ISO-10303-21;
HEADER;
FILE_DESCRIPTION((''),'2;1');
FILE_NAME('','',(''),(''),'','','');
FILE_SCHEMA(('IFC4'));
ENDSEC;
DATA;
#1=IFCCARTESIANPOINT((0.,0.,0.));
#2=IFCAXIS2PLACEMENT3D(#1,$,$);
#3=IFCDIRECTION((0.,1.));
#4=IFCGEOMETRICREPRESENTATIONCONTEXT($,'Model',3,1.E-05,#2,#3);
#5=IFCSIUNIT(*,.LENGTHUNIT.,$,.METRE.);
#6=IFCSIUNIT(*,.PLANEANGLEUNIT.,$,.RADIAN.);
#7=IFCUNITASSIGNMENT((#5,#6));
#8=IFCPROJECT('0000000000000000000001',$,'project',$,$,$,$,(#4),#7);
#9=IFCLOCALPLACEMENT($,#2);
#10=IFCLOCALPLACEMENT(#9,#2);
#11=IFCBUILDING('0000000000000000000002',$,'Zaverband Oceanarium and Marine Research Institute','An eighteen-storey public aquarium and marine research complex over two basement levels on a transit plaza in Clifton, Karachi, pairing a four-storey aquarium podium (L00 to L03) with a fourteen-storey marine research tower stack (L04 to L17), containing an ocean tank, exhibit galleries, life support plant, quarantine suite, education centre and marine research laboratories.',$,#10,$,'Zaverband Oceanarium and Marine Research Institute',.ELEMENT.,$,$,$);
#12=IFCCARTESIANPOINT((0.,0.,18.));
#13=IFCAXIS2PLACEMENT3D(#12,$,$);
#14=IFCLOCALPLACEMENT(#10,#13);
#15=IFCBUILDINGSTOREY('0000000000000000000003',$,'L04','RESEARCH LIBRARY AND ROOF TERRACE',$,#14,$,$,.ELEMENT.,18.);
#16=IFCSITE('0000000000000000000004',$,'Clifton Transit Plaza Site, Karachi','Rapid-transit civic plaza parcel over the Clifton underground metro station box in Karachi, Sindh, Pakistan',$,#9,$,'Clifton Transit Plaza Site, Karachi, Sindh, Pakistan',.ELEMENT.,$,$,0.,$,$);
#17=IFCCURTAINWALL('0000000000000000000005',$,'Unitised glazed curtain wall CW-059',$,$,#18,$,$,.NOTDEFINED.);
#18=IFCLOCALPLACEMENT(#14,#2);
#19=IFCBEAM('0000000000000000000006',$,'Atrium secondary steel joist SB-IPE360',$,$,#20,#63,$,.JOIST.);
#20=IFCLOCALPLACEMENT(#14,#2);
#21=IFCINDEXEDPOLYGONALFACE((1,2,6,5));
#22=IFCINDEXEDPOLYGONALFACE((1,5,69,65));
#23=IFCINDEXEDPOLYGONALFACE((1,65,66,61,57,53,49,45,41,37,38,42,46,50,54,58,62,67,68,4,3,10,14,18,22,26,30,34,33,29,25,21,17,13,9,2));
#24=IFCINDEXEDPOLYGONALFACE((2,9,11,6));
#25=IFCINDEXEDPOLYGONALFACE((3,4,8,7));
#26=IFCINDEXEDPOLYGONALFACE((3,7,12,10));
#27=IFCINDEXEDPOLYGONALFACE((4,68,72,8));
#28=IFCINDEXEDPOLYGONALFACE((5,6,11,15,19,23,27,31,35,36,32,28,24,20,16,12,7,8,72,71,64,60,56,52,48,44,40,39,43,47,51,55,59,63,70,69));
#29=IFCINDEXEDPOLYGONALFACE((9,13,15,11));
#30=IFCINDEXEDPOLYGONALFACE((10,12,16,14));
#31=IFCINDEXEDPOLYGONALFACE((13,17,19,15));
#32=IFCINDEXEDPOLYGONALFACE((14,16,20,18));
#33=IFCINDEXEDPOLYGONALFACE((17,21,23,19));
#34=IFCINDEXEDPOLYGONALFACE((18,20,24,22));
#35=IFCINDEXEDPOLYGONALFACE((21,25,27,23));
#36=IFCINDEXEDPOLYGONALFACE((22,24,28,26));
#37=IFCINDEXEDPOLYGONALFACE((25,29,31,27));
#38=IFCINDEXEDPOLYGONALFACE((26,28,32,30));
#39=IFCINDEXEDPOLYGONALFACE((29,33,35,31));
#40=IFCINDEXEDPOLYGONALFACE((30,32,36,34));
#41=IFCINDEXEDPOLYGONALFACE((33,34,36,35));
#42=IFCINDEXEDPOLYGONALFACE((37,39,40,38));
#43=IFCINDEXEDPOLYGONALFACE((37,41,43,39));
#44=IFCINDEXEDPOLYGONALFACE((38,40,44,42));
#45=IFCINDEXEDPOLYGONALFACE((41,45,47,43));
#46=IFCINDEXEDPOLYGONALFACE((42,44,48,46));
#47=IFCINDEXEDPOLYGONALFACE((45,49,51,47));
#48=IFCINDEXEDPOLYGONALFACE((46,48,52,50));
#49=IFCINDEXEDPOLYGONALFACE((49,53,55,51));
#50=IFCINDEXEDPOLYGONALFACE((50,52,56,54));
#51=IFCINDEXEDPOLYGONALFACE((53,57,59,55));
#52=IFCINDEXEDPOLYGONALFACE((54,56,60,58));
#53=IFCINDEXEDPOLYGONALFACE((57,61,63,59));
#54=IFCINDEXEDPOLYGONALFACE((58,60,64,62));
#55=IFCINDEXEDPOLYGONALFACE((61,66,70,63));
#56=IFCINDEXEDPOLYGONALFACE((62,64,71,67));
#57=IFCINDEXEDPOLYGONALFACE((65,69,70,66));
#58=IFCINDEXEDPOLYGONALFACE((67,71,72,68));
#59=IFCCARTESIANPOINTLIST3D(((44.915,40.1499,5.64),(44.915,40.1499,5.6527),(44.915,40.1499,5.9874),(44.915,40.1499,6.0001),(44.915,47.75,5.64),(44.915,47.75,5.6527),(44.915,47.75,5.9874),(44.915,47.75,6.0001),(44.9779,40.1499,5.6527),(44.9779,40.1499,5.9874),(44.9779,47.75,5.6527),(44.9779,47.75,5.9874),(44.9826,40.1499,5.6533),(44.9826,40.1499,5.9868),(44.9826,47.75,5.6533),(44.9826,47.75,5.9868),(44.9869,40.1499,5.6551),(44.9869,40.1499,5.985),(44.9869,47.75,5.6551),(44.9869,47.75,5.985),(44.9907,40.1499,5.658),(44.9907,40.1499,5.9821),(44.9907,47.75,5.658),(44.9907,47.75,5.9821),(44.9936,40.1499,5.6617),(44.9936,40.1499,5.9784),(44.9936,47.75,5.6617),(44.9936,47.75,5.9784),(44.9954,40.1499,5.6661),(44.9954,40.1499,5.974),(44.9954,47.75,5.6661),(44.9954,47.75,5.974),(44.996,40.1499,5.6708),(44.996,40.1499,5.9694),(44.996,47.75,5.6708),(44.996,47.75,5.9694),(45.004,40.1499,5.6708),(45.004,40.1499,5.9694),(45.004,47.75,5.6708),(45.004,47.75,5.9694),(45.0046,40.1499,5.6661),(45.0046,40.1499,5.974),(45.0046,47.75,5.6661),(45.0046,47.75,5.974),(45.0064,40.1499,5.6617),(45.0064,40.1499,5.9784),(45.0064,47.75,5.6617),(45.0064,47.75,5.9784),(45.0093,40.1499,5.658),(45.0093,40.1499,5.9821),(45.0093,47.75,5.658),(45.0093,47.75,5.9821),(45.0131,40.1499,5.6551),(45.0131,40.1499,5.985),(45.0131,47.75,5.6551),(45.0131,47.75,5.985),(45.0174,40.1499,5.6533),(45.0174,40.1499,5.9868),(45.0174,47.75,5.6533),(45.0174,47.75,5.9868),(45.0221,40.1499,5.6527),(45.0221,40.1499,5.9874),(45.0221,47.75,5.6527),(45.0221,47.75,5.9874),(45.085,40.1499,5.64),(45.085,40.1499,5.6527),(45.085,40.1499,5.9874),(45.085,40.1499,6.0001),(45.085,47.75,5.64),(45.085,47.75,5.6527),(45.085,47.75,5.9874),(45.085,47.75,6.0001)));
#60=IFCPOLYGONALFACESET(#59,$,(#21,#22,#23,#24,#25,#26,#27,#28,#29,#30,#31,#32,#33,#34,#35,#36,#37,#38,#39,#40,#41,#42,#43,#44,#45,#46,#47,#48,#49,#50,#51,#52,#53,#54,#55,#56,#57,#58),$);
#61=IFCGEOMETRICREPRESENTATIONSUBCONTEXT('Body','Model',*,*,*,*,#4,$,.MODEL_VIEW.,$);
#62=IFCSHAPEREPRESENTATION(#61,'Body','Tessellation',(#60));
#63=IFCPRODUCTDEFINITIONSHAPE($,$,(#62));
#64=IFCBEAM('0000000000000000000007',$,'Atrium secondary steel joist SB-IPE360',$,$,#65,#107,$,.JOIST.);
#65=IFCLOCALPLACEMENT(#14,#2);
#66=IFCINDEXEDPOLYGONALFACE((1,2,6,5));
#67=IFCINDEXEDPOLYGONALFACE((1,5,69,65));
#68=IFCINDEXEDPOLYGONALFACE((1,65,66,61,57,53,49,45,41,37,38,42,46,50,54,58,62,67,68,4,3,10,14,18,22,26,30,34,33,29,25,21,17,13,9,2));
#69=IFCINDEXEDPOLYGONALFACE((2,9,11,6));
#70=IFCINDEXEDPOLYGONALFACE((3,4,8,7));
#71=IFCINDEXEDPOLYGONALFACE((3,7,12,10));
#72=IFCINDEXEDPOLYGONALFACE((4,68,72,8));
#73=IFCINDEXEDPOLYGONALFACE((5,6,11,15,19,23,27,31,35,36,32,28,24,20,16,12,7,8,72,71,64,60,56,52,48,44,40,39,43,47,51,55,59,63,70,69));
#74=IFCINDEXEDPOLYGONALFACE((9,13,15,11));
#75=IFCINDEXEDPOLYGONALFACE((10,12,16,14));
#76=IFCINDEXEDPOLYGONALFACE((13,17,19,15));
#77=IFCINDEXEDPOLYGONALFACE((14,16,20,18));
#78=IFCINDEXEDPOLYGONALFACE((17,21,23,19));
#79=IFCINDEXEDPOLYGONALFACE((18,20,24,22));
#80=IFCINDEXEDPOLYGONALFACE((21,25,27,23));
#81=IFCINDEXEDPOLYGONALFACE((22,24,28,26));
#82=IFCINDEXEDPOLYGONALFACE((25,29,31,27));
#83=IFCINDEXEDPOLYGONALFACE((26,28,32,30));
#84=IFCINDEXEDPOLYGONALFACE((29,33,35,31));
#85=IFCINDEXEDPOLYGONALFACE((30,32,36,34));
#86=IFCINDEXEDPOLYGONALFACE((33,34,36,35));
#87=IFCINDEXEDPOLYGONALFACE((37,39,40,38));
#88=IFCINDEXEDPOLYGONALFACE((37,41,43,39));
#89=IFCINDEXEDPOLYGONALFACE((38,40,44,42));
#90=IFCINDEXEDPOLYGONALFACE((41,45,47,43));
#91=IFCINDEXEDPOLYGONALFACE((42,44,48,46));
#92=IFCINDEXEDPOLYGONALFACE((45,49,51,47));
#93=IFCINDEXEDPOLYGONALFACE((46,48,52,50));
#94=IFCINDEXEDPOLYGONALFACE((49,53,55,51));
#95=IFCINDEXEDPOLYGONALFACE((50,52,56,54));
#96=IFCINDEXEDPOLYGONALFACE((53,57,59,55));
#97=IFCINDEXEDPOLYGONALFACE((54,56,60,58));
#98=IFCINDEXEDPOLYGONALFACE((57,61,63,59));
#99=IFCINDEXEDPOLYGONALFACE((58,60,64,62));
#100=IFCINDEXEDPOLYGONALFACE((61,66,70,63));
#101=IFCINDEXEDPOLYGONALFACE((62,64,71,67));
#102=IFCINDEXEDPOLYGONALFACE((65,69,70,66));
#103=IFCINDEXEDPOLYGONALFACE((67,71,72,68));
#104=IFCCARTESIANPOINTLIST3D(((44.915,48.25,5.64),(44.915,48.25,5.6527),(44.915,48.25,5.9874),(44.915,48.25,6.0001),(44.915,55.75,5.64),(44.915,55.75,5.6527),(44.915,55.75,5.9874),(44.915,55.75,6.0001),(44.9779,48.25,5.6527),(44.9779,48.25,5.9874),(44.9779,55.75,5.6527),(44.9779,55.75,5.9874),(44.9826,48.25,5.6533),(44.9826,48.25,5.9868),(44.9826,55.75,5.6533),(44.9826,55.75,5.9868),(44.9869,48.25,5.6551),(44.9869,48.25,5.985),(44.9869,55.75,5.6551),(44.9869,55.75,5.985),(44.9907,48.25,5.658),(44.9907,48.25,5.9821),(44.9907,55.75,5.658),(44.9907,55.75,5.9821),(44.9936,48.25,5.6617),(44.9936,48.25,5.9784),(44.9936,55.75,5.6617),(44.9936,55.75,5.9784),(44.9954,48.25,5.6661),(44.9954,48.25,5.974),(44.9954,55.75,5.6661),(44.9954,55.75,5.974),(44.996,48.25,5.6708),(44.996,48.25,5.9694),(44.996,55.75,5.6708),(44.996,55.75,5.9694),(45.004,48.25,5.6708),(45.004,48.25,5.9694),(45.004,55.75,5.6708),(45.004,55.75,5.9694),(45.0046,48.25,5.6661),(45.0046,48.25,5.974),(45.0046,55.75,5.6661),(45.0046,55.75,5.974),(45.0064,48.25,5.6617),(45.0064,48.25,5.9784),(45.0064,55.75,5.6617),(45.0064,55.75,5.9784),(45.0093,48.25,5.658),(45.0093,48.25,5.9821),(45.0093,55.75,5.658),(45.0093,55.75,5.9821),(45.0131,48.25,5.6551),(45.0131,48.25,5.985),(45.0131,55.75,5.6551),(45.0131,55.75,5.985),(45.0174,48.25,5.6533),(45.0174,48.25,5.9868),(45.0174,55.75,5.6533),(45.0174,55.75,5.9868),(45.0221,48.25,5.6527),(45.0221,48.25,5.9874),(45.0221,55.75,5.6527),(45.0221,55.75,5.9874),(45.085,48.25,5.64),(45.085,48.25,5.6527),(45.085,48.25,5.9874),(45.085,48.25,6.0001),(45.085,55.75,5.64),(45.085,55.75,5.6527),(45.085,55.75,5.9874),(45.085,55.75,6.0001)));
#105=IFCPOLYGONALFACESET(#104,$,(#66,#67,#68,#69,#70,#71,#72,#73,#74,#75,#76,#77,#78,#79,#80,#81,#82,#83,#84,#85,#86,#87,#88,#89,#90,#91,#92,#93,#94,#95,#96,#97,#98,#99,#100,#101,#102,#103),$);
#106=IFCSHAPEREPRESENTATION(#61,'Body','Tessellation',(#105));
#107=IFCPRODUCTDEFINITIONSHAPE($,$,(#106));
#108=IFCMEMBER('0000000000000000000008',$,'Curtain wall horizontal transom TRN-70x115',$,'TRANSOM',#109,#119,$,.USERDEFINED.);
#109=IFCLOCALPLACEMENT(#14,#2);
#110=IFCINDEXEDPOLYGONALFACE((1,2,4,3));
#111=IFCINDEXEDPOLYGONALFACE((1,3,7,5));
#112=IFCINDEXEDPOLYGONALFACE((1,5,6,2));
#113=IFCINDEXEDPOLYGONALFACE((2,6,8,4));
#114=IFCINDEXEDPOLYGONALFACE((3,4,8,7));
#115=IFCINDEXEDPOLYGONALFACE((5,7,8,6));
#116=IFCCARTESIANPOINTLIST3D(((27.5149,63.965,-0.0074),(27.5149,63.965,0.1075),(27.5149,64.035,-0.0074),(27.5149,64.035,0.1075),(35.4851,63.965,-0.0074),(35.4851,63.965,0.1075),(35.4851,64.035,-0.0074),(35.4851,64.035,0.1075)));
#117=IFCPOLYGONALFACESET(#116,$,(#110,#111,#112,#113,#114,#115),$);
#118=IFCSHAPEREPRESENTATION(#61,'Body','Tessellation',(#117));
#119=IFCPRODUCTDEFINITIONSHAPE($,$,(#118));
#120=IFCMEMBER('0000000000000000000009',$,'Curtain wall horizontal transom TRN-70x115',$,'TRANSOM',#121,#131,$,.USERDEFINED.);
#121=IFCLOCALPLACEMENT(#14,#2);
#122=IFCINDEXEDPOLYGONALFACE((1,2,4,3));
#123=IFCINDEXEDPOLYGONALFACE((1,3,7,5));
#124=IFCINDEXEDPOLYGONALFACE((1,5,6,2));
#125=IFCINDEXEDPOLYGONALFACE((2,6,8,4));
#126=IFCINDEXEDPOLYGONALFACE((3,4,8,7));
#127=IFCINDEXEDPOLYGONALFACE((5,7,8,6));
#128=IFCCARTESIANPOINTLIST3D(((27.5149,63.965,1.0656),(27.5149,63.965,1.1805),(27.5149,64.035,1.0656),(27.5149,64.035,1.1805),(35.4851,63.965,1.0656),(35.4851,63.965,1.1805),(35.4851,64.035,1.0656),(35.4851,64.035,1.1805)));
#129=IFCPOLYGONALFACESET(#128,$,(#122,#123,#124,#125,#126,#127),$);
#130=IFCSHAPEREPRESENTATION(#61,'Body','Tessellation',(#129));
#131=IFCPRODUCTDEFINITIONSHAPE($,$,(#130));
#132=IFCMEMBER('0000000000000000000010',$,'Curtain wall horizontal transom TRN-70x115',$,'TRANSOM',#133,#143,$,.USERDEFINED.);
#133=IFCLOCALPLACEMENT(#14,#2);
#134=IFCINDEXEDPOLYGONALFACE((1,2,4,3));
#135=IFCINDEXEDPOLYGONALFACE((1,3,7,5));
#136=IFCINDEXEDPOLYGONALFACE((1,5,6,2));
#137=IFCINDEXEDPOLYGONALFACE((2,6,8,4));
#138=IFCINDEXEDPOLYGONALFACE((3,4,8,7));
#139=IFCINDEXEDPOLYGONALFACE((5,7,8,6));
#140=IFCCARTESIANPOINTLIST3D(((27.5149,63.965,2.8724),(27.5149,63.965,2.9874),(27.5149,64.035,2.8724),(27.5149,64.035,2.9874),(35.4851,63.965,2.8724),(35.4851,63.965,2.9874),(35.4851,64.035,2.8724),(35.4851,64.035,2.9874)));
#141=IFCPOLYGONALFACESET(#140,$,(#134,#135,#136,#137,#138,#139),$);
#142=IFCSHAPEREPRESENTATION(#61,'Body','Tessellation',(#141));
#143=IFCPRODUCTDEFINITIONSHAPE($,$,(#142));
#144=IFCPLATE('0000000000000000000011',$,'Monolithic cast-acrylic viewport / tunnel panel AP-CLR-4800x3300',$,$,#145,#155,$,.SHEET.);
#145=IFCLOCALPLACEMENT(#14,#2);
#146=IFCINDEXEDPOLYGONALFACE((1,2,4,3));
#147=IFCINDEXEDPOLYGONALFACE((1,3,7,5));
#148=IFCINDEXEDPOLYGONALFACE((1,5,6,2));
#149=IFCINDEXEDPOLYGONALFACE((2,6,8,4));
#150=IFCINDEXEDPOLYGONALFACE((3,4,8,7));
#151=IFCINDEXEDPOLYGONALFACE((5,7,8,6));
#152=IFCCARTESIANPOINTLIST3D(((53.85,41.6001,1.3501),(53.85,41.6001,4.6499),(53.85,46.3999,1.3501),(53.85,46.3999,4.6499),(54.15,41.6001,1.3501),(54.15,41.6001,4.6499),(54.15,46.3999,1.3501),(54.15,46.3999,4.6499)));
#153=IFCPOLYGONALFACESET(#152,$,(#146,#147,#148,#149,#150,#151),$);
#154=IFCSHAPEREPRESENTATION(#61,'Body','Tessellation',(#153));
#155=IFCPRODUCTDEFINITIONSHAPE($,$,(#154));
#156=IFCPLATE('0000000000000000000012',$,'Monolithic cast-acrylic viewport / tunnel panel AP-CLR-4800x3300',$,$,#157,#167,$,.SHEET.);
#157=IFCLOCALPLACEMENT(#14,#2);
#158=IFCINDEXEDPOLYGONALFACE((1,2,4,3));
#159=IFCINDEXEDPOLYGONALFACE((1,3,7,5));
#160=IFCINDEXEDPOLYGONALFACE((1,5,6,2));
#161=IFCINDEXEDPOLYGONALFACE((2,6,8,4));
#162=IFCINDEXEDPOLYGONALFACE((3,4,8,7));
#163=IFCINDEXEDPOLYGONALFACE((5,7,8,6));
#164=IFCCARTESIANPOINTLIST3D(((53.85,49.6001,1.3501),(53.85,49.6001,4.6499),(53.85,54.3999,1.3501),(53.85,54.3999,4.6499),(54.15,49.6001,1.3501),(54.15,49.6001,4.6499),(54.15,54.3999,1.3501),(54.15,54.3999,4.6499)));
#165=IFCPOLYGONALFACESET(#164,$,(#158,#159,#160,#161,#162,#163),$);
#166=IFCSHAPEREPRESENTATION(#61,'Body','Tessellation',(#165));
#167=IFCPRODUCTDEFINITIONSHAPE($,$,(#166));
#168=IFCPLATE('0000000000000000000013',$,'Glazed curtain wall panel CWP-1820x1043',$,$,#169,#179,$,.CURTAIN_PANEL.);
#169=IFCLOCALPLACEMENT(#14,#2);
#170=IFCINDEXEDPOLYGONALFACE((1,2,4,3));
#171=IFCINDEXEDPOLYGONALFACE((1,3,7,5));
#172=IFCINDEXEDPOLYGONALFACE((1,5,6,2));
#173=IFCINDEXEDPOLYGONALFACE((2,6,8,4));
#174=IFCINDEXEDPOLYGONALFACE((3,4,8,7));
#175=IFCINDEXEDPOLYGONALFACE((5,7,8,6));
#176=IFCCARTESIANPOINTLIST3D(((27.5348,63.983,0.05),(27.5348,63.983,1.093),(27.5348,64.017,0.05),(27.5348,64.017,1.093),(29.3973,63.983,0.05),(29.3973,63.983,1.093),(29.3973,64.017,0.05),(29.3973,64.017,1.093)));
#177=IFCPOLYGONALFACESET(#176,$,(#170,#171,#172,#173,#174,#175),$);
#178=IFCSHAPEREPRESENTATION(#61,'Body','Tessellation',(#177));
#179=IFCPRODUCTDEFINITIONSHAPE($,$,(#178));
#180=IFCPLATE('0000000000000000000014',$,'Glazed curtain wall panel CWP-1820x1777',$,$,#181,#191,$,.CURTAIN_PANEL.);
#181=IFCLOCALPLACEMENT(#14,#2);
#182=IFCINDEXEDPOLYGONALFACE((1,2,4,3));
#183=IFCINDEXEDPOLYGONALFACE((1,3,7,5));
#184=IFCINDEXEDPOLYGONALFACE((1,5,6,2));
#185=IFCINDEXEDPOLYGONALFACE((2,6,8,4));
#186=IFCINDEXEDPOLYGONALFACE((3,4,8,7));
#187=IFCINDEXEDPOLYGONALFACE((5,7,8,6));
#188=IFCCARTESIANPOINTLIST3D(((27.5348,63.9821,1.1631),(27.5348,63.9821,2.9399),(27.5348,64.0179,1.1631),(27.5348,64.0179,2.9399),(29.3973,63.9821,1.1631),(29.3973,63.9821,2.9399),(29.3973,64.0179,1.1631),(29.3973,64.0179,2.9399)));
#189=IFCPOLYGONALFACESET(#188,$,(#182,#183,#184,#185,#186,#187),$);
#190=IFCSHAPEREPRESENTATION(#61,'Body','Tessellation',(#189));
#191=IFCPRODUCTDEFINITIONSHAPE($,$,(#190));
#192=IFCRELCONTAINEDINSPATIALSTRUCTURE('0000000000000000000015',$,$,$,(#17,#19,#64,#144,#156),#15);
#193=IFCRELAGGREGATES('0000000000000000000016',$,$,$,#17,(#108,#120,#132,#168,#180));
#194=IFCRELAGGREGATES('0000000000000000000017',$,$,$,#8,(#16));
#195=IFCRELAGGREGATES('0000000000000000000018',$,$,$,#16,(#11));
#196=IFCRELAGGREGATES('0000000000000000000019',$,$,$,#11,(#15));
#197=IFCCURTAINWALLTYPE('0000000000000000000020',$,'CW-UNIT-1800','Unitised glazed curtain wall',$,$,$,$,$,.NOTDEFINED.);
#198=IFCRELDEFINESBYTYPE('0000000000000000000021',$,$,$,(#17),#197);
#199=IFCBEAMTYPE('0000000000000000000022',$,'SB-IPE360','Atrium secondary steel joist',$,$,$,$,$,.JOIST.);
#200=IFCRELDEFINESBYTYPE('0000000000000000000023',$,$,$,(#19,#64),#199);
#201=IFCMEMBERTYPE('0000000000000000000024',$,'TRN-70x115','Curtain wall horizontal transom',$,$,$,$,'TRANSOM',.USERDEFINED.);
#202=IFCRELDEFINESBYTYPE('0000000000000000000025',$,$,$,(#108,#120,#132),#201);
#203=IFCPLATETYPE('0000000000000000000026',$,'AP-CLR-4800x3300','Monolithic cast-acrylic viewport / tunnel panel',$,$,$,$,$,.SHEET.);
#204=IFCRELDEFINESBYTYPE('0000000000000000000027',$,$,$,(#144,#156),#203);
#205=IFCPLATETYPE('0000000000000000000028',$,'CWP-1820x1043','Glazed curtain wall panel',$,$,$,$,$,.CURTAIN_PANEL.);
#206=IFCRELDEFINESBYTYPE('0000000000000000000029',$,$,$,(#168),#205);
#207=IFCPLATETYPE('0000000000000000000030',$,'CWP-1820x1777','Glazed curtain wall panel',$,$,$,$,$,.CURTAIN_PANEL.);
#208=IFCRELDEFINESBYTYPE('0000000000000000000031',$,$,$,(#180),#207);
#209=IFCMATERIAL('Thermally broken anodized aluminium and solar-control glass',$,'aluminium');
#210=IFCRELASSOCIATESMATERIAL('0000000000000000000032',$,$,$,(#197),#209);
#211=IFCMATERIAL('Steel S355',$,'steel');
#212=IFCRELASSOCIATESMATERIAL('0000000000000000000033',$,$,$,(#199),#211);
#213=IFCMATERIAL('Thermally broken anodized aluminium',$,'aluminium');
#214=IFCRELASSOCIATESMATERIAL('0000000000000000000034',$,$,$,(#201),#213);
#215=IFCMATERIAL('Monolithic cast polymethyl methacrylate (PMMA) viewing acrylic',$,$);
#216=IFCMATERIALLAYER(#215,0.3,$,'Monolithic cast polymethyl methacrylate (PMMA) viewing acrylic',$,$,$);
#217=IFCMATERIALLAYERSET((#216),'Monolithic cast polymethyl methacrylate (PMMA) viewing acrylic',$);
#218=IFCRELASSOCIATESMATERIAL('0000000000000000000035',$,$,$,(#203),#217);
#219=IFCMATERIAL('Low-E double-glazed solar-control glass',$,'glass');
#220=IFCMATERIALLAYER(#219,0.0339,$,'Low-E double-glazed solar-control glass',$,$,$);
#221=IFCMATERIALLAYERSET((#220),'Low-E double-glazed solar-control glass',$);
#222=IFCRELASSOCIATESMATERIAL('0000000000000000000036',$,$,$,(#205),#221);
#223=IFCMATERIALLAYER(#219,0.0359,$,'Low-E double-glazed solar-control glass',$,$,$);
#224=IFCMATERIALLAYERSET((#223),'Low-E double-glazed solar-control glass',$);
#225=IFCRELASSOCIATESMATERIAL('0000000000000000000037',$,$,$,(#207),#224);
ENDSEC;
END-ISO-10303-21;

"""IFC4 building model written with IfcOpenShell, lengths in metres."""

from ifc_helpers import new_model, si_unit, direction, frame, frame_2d, origin, origin_2d, place, context, subcontext, project, spatial, rectangle, i_section, extrude, material, layer, layer_set, material_profile, profile_set, type_object, element, aggregate, save


model = new_model("IFC4")

# Units and contexts
model_context = context("Model", 3, precision=1e-05, world=origin(), true_north=direction((0.0, 1.0)))
body_context = subcontext(model_context, "Body", "Model", "MODEL_VIEW")
ifc_project = project(units=[si_unit("LENGTHUNIT", "METRE"), si_unit("PLANEANGLEUNIT", "RADIAN")], contexts=[model_context])

# Site, building, storey
site_placement = place(None, origin())
site = spatial("IfcSite", under=ifc_project, at=site_placement, Name="Clifton Transit Plaza Site, Karachi", Description="Rapid-transit civic plaza parcel over the Clifton underground metro station box in Karachi, Sindh, Pakistan", LongName="Clifton Transit Plaza Site, Karachi, Sindh, Pakistan", CompositionType="ELEMENT", RefElevation=0.0)
building_placement = place(site_placement, origin())
building = spatial("IfcBuilding", under=site, at=building_placement, Name="Zaverband Oceanarium and Marine Research Institute", Description="An eighteen-storey public aquarium and marine research complex over two basement levels on a transit plaza in Clifton, Karachi, pairing a four-storey aquarium podium (L00 to L03) with a fourteen-storey marine research tower stack (L04 to L17), containing an ocean tank, exhibit galleries, life support plant, quarantine suite, education centre and marine research laboratories.", LongName="Zaverband Oceanarium and Marine Research Institute", CompositionType="ELEMENT")
storey_placement = place(building_placement, frame((0.0, 0.0, 18.0)))
storey = spatial("IfcBuildingStorey", under=building, at=storey_placement, Name="L04", Description="RESEARCH LIBRARY AND ROOF TERRACE", CompositionType="ELEMENT", Elevation=18.0)

# Shared definitions
ifc_material_1 = material(Name="Steel S355", Category="steel")

# Curtain wall
ifc_material_2 = material(Name="Thermally broken anodized aluminium and solar-control glass", Category="aluminium")
curtain_wall_type = type_object("IfcCurtainWallType", Name="CW-UNIT-1800", Description="Unitised glazed curtain wall", PredefinedType="NOTDEFINED", material=ifc_material_2)
curtain_wall_placement = place(storey_placement, origin())
curtain_wall = element("IfcCurtainWall", 1, at=curtain_wall_placement, inside=storey, type_object=curtain_wall_type, Name="Unitised glazed curtain wall CW-059", PredefinedType="NOTDEFINED")
ifc_material_3 = material(Name="Thermally broken anodized aluminium", Category="aluminium")

# Beams
ifc_material_profile_1 = material_profile(ifc_material_1, i_section(OverallWidth=0.1699, OverallDepth=0.3601, WebThickness=0.0081, FlangeThickness=0.0127, FilletRadius=0.0181, at=origin_2d()), Name="IPE360")
ifc_profile_set_1 = profile_set([ifc_material_profile_1], Name="Steel S355")
beam_type_1 = type_object("IfcBeamType", Name="SB-IPE360", Description="Atrium secondary steel joist", PredefinedType="JOIST", material=ifc_profile_set_1)
beam_1_placement = place(storey_placement, frame((45.0, 40.1499, 5.8201), z_axis=(0.0, 1.0, 0.0), x_axis=(-1.0, 0.0, 0.0)))
element("IfcBeam", 2, at=beam_1_placement, inside=storey, type_object=beam_type_1, Name="Atrium secondary steel joist SB-IPE360", PredefinedType="JOIST", context=body_context, shape_type="SweptSolid", body=[
    extrude(i_section(OverallWidth=0.1699, OverallDepth=0.3601, WebThickness=0.0081, FlangeThickness=0.0127, FilletRadius=0.0181, at=origin_2d()), origin(), (0.0, 0.0, 1.0), 7.6001),
])
beam_2_placement = place(storey_placement, frame((45.0, 48.25, 5.8201), z_axis=(0.0, 1.0, 0.0), x_axis=(-1.0, 0.0, 0.0)))
element("IfcBeam", 3, at=beam_2_placement, inside=storey, type_object=beam_type_1, Name="Atrium secondary steel joist SB-IPE360", PredefinedType="JOIST", context=body_context, shape_type="SweptSolid", body=[
    extrude(i_section(OverallWidth=0.1699, OverallDepth=0.3601, WebThickness=0.0081, FlangeThickness=0.0127, FilletRadius=0.0181, at=origin_2d()), origin(), (0.0, 0.0, 1.0), 7.5),
])

# Members
ifc_material_profile_2 = material_profile(ifc_material_3, rectangle(XDim=0.0701, YDim=0.115, at=origin_2d()), Name="AL-TRN-70x115")
ifc_profile_set_2 = profile_set([ifc_material_profile_2], Name="Thermally broken anodized aluminium")
member_type_1 = type_object("IfcMemberType", Name="TRN-70x115", Description="Curtain wall horizontal transom", ElementType="TRANSOM", PredefinedType="USERDEFINED", material=ifc_profile_set_2)
member_1_placement = place(storey_placement, frame((27.5149, 64.0, 0.05), z_axis=(1.0, 0.0, 0.0), x_axis=(0.0, 1.0, 0.0)))
member_1 = element("IfcMember", 4, at=member_1_placement, type_object=member_type_1, Name="Curtain wall horizontal transom TRN-70x115", ObjectType="TRANSOM", PredefinedType="USERDEFINED", context=body_context, shape_type="SweptSolid", body=[
    extrude(rectangle(XDim=0.0701, YDim=0.115, at=origin_2d()), origin(), (0.0, 0.0, 1.0), 7.9702),
])
member_2_placement = place(storey_placement, frame((27.5149, 64.0, 1.123), z_axis=(1.0, 0.0, 0.0), x_axis=(0.0, 1.0, 0.0)))
member_2 = element("IfcMember", 5, at=member_2_placement, type_object=member_type_1, Name="Curtain wall horizontal transom TRN-70x115", ObjectType="TRANSOM", PredefinedType="USERDEFINED", context=body_context, shape_type="SweptSolid", body=[
    extrude(rectangle(XDim=0.0701, YDim=0.115, at=origin_2d()), origin(), (0.0, 0.0, 1.0), 7.9702),
])
member_3_placement = place(storey_placement, frame((27.5149, 64.0, 2.9299), z_axis=(1.0, 0.0, 0.0), x_axis=(0.0, 1.0, 0.0)))
member_3 = element("IfcMember", 6, at=member_3_placement, type_object=member_type_1, Name="Curtain wall horizontal transom TRN-70x115", ObjectType="TRANSOM", PredefinedType="USERDEFINED", context=body_context, shape_type="SweptSolid", body=[
    extrude(rectangle(XDim=0.0701, YDim=0.115, at=origin_2d()), origin(), (0.0, 0.0, 1.0), 7.9702),
])

# Plates
ifc_material_4 = material(Name="Monolithic cast polymethyl methacrylate (PMMA) viewing acrylic")
ifc_layer_1 = layer(ifc_material_4, 0.3, Name="Monolithic cast polymethyl methacrylate (PMMA) viewing acrylic")
ifc_layer_set_1 = layer_set([ifc_layer_1], Name="Monolithic cast polymethyl methacrylate (PMMA) viewing acrylic")
plate_type_1 = type_object("IfcPlateType", Name="AP-CLR-4800x3300", Description="Monolithic cast-acrylic viewport / tunnel panel", PredefinedType="SHEET", material=ifc_layer_set_1)
for number, where, z_axis, x_axis, name in (
    (7, (54.0, 41.6001, 1.3501), (0.0, 0.0, 1.0), (0.0, 1.0, 0.0), "Monolithic cast-acrylic viewport / tunnel panel AP-CLR-4800x3300"),
    (8, (54.0, 49.6001, 1.3501), (0.0, 0.0, 1.0), (0.0, 1.0, 0.0), "Monolithic cast-acrylic viewport / tunnel panel AP-CLR-4800x3300"),
):
    element("IfcPlate", number, at=place(storey_placement, frame(where, z_axis=z_axis, x_axis=x_axis)), inside=storey, type_object=plate_type_1, Name=name, PredefinedType="SHEET", context=body_context, shape_type="SweptSolid", body=[
        extrude(rectangle(XDim=4.7998, YDim=0.3, at=frame_2d((2.3999, 0.0))), origin(), (0.0, 0.0, 1.0), 3.2998),
    ])

# Plates
ifc_material_5 = material(Name="Low-E double-glazed solar-control glass", Category="glass")
ifc_layer_2 = layer(ifc_material_5, 0.0339, Name="Low-E double-glazed solar-control glass")
ifc_layer_set_2 = layer_set([ifc_layer_2], Name="Low-E double-glazed solar-control glass")
plate_type_2 = type_object("IfcPlateType", Name="CWP-1820x1043", Description="Glazed curtain wall panel", PredefinedType="CURTAIN_PANEL", material=ifc_layer_set_2)
plate_1_placement = place(storey_placement, frame((27.5349, 64.0, 0.05), z_axis=(0.0, 0.0, 1.0), x_axis=(1.0, 0.0, 0.0)))
plate_1 = element("IfcPlate", 9, at=plate_1_placement, type_object=plate_type_2, Name="Glazed curtain wall panel CWP-1820x1043", PredefinedType="CURTAIN_PANEL", context=body_context, shape_type="SweptSolid", body=[
    extrude(rectangle(XDim=1.8625, YDim=0.0339, at=frame_2d((0.9312, 0.0))), origin(), (0.0, 0.0, 1.0), 1.043),
])
ifc_layer_3 = layer(ifc_material_5, 0.0359, Name="Low-E double-glazed solar-control glass")
ifc_layer_set_3 = layer_set([ifc_layer_3], Name="Low-E double-glazed solar-control glass")
plate_type_3 = type_object("IfcPlateType", Name="CWP-1820x1777", Description="Glazed curtain wall panel", PredefinedType="CURTAIN_PANEL", material=ifc_layer_set_3)
plate_2_placement = place(storey_placement, frame((27.5349, 64.0, 1.1631), z_axis=(0.0, 0.0, 1.0), x_axis=(1.0, 0.0, 0.0)))
plate_2 = element("IfcPlate", 10, at=plate_2_placement, type_object=plate_type_3, Name="Glazed curtain wall panel CWP-1820x1777", PredefinedType="CURTAIN_PANEL", context=body_context, shape_type="SweptSolid", body=[
    extrude(rectangle(XDim=1.8625, YDim=0.0359, at=frame_2d((0.9312, 0.0))), origin(), (0.0, 0.0, 1.0), 1.7769),
])
aggregate(curtain_wall, [member_1, member_2, member_3, plate_1, plate_2])

save(model, "model.ifc")
